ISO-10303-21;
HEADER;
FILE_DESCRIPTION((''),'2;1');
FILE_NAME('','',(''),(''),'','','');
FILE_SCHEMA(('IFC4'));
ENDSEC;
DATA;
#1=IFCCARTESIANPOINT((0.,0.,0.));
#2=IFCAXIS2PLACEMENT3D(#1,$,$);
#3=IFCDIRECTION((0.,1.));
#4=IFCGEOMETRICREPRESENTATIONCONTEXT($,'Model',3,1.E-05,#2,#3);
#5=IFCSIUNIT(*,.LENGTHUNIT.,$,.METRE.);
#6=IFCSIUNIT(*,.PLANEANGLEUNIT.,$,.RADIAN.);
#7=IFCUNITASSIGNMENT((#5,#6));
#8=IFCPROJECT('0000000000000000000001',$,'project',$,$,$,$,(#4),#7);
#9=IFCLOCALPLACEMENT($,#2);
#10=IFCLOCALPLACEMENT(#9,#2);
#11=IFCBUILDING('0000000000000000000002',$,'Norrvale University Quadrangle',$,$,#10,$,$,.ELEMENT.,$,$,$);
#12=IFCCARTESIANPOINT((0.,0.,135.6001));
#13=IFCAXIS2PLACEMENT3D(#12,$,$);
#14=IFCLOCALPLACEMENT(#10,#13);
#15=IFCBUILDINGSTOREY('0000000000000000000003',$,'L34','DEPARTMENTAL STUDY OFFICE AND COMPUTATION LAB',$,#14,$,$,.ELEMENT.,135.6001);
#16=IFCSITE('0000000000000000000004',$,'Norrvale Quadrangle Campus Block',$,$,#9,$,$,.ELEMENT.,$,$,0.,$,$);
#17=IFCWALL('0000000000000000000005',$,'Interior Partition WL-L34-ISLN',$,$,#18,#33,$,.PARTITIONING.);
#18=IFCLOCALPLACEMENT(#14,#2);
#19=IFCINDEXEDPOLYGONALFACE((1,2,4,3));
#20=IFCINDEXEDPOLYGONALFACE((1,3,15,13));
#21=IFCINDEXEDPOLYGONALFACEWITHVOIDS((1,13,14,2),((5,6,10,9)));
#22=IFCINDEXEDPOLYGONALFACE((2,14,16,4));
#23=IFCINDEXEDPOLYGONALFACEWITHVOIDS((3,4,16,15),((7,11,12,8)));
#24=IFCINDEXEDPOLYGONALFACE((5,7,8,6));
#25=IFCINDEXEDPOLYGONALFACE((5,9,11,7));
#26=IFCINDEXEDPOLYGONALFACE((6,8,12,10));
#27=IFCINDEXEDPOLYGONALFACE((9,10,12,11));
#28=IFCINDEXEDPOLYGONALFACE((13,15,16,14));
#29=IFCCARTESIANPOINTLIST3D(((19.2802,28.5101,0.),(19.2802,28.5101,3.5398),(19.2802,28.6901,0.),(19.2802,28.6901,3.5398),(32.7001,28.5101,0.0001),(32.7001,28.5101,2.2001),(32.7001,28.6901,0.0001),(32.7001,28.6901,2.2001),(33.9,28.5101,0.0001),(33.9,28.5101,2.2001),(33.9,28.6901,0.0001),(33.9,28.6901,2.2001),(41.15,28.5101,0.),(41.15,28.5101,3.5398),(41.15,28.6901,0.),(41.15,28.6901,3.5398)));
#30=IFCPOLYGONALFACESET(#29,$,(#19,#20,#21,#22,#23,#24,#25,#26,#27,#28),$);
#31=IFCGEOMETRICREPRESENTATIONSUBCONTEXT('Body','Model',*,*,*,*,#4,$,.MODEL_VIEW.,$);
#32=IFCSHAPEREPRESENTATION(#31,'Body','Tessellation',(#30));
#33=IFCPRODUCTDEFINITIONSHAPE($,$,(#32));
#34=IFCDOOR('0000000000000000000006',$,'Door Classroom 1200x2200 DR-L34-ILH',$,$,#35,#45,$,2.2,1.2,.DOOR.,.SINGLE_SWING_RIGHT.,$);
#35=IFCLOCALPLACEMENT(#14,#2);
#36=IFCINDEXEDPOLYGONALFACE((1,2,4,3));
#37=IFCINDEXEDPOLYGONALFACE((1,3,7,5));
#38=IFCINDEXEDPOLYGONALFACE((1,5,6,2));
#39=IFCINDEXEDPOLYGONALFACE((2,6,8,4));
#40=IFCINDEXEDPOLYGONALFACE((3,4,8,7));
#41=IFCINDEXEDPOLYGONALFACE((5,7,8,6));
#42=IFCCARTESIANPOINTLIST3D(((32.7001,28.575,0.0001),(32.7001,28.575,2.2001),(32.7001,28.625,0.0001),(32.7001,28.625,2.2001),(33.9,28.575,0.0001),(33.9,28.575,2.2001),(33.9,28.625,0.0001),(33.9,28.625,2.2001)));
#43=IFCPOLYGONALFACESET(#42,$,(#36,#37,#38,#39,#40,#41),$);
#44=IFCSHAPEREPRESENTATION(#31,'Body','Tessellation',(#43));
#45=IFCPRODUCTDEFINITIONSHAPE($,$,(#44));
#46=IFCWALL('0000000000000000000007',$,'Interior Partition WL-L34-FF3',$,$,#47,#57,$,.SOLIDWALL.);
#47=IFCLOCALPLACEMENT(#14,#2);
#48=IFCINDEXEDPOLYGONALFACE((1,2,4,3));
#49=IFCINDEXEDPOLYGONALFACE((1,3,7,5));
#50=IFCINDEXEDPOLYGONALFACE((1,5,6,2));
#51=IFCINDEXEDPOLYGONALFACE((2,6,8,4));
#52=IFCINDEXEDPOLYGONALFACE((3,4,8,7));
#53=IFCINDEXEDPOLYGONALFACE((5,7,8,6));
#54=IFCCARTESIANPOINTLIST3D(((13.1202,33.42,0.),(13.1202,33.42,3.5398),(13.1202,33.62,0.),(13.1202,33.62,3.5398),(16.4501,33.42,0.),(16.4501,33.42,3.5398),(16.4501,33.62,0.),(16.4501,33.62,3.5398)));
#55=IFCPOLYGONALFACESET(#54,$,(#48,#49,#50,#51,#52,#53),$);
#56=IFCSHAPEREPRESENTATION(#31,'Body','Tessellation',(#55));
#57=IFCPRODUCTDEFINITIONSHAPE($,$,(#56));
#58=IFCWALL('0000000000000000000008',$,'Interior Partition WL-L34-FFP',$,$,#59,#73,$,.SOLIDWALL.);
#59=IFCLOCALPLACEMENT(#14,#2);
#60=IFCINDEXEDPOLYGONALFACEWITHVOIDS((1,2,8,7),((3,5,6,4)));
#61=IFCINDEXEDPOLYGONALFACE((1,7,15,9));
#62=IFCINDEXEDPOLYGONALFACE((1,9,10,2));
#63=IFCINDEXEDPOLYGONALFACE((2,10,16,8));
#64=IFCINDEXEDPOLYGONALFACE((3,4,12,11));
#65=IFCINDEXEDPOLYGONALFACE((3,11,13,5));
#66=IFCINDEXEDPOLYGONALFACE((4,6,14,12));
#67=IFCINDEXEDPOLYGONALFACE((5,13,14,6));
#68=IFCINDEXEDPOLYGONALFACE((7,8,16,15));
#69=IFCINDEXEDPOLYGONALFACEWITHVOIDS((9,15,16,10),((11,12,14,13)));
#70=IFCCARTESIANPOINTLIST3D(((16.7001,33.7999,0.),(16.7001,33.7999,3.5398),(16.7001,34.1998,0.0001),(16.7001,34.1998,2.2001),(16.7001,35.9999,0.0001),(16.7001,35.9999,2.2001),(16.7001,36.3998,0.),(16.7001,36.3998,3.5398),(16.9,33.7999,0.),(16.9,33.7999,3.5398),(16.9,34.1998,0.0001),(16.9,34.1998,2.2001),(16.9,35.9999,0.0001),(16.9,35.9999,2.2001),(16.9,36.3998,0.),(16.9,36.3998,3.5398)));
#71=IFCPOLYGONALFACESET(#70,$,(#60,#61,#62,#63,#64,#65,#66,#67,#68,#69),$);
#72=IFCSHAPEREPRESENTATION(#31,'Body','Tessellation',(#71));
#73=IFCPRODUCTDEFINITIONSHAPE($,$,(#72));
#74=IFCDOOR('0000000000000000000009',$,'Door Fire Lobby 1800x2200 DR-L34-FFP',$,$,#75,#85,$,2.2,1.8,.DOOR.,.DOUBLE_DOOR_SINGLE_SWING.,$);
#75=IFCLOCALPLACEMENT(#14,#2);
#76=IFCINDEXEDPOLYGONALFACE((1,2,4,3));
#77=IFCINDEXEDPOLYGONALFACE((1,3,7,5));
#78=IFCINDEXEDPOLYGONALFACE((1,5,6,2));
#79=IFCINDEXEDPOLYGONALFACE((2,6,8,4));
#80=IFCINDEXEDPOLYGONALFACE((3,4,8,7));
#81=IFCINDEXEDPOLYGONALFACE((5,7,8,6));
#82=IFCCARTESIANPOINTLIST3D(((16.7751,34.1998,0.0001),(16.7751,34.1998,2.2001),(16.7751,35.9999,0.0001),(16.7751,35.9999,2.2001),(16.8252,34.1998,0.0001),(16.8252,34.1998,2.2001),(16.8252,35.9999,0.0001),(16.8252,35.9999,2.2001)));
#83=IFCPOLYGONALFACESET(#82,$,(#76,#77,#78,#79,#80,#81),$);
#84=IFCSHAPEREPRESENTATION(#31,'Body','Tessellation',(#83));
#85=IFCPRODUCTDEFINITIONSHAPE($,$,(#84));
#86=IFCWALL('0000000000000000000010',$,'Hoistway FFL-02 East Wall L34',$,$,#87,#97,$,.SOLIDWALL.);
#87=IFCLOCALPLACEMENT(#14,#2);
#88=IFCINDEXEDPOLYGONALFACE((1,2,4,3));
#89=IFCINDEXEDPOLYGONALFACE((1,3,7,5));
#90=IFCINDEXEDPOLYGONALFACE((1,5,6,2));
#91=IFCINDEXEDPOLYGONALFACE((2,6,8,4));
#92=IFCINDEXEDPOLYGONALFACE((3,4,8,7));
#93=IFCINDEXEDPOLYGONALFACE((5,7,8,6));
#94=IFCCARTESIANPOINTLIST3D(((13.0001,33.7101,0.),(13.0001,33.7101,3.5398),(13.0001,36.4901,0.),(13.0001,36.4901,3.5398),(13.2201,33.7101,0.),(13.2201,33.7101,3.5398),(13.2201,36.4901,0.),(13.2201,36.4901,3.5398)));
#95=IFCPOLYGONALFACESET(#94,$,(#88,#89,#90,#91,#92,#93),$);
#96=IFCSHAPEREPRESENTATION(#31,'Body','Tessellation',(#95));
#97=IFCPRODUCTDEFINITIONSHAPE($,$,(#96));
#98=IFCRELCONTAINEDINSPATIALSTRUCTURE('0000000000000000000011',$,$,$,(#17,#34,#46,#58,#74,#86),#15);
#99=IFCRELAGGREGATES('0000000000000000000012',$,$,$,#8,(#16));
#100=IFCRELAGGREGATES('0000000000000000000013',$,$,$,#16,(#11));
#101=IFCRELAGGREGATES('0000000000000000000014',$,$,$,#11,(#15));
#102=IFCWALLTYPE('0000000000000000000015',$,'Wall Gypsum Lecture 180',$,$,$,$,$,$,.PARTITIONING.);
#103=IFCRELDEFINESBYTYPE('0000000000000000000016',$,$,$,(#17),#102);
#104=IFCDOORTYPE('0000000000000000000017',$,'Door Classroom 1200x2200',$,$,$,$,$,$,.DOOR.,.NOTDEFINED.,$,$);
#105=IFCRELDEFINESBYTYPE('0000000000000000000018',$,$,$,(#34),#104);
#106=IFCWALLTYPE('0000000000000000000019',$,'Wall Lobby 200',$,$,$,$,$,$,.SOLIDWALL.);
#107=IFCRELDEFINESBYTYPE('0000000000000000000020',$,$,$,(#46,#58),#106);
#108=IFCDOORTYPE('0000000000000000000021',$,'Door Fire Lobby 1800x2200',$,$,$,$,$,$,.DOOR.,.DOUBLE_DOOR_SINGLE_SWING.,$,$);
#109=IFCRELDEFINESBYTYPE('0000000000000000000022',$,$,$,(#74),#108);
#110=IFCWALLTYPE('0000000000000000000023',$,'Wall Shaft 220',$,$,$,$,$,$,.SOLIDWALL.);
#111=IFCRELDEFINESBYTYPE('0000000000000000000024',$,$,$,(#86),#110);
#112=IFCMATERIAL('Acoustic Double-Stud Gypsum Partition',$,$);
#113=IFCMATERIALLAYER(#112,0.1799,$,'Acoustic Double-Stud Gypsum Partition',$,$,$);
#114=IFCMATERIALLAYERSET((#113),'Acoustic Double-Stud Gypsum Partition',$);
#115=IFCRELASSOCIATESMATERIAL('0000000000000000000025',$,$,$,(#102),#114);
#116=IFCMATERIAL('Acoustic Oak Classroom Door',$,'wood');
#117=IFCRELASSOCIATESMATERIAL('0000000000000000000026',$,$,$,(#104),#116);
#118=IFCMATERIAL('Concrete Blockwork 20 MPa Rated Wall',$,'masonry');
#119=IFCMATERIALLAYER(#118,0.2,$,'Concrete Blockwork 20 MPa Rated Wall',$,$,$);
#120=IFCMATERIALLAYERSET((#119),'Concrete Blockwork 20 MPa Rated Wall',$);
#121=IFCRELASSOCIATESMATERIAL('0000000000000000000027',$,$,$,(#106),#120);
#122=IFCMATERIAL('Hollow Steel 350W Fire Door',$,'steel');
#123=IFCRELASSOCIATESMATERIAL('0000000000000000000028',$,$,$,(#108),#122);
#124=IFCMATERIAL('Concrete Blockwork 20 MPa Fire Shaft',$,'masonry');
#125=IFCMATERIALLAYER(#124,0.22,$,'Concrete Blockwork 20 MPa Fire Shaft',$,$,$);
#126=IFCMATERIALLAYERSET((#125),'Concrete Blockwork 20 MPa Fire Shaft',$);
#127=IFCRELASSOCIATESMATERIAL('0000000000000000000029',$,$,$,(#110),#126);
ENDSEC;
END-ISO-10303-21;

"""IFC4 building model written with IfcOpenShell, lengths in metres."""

from ifc_helpers import new_model, si_unit, direction, frame, frame_2d, origin, place, context, subcontext, project, spatial, rectangle, extrude, material, layer, layer_set, type_object, element, fill, save


model = new_model("IFC4")

# Units and contexts
model_context = context("Model", 3, precision=1e-05, world=origin(), true_north=direction((0.0, 1.0)))
body_context = subcontext(model_context, "Body", "Model", "MODEL_VIEW")
ifc_project = project(units=[si_unit("LENGTHUNIT", "METRE"), si_unit("PLANEANGLEUNIT", "RADIAN")], contexts=[model_context])

# Site, building, storey
site_placement = place(None, origin())
site = spatial("IfcSite", under=ifc_project, at=site_placement, Name="Norrvale Quadrangle Campus Block", CompositionType="ELEMENT", RefElevation=0.0)
building_placement = place(site_placement, origin())
building = spatial("IfcBuilding", under=site, at=building_placement, Name="Norrvale University Quadrangle", CompositionType="ELEMENT")
storey_placement = place(building_placement, frame((0.0, 0.0, 135.6001)))
storey = spatial("IfcBuildingStorey", under=building, at=storey_placement, Name="L34", Description="DEPARTMENTAL STUDY OFFICE AND COMPUTATION LAB", CompositionType="ELEMENT", Elevation=135.6001)

# Wall, opening, door
ifc_material_1 = material(Name="Acoustic Double-Stud Gypsum Partition")
ifc_layer_1 = layer(ifc_material_1, 0.1799, Name="Acoustic Double-Stud Gypsum Partition")
ifc_layer_set_1 = layer_set([ifc_layer_1], Name="Acoustic Double-Stud Gypsum Partition")
wall_type_1 = type_object("IfcWallType", Name="Wall Gypsum Lecture 180", PredefinedType="PARTITIONING", material=ifc_layer_set_1)
wall_1_placement = place(storey_placement, frame((19.28, 28.6001, 0.0), z_axis=(0.0, 0.0, 1.0), x_axis=(1.0, 0.0, 0.0)))
wall_1 = element("IfcWall", 1, at=wall_1_placement, inside=storey, type_object=wall_type_1, Name="Interior Partition WL-L34-ISLN", PredefinedType="PARTITIONING", context=body_context, shape_type="SweptSolid", body=[
    extrude(rectangle(XDim=21.8699, YDim=0.1799, at=frame_2d((10.9351, 0.0))), origin(), (0.0, 0.0, 1.0), 3.5398),
])
opening_1_placement = place(wall_1_placement, frame((13.4199, 0.0, 0.0)))
opening_1 = element("IfcOpeningElement", 2, at=opening_1_placement, cuts=wall_1, PredefinedType="OPENING", context=body_context, shape_type="SweptSolid", body=[
    extrude(rectangle(XDim=1.2, YDim=2.2, at=frame_2d((0.6001, 1.1001))), frame((0.0, 0.1021, 0.0), z_axis=(0.0, -1.0, 0.0), x_axis=(1.0, 0.0, 0.0)), (0.0, 0.0, 1.0), 0.2039),
])
ifc_material_2 = material(Name="Acoustic Oak Classroom Door", Category="wood")
door_type_1 = type_object("IfcDoorType", Name="Door Classroom 1200x2200", OperationType="NOTDEFINED", PredefinedType="DOOR", material=ifc_material_2)
door_1_placement = place(opening_1_placement, origin())
door_1 = element("IfcDoor", 3, at=door_1_placement, inside=storey, type_object=door_type_1, Name="Door Classroom 1200x2200 DR-L34-ILH", OperationType="SINGLE_SWING_RIGHT", OverallHeight=2.2, OverallWidth=1.2, PredefinedType="DOOR", context=body_context, shape_type="SweptSolid", body=[
    extrude(rectangle(XDim=1.2, YDim=2.2, at=frame_2d((0.6001, 1.1001))), frame((0.0, 0.0249, 0.0), z_axis=(0.0, -1.0, 0.0), x_axis=(1.0, 0.0, 0.0)), (0.0, 0.0, 1.0), 0.05),
])
fill(opening_1, door_1)

# Wall
ifc_material_3 = material(Name="Concrete Blockwork 20 MPa Rated Wall", Category="masonry")
ifc_layer_2 = layer(ifc_material_3, 0.2, Name="Concrete Blockwork 20 MPa Rated Wall")
ifc_layer_set_2 = layer_set([ifc_layer_2], Name="Concrete Blockwork 20 MPa Rated Wall")
wall_type_2 = type_object("IfcWallType", Name="Wall Lobby 200", PredefinedType="SOLIDWALL", material=ifc_layer_set_2)
wall_2_placement = place(storey_placement, frame((13.1201, 33.52, 0.0), z_axis=(0.0, 0.0, 1.0), x_axis=(1.0, 0.0, 0.0)))
element("IfcWall", 4, at=wall_2_placement, inside=storey, type_object=wall_type_2, Name="Interior Partition WL-L34-FF3", PredefinedType="SOLIDWALL", context=body_context, shape_type="SweptSolid", body=[
    extrude(rectangle(XDim=3.3298, YDim=0.2, at=frame_2d((1.665, 0.0))), origin(), (0.0, 0.0, 1.0), 3.5398),
])

# Wall, opening, door
wall_3_placement = place(storey_placement, frame((16.8, 33.8, 0.0), z_axis=(0.0, 0.0, 1.0), x_axis=(0.0, 1.0, 0.0)))
wall_3 = element("IfcWall", 5, at=wall_3_placement, inside=storey, type_object=wall_type_2, Name="Interior Partition WL-L34-FFP", PredefinedType="SOLIDWALL", context=body_context, shape_type="SweptSolid", body=[
    extrude(rectangle(XDim=2.5999, YDim=0.2, at=frame_2d((1.2998, 0.0))), origin(), (0.0, 0.0, 1.0), 3.5398),
])
opening_2_placement = place(wall_3_placement, frame((0.3999, 0.0, 0.0)))
opening_2 = element("IfcOpeningElement", 6, at=opening_2_placement, cuts=wall_3, PredefinedType="OPENING", context=body_context, shape_type="SweptSolid", body=[
    extrude(rectangle(XDim=1.8, YDim=2.2, at=frame_2d((0.8999, 1.1001))), frame((0.0, 0.1121, 0.0), z_axis=(0.0, -1.0, 0.0), x_axis=(1.0, 0.0, 0.0)), (0.0, 0.0, 1.0), 0.2239),
])
ifc_material_4 = material(Name="Hollow Steel 350W Fire Door", Category="steel")
door_type_2 = type_object("IfcDoorType", Name="Door Fire Lobby 1800x2200", OperationType="DOUBLE_DOOR_SINGLE_SWING", PredefinedType="DOOR", material=ifc_material_4)
door_2_placement = place(opening_2_placement, origin())
door_2 = element("IfcDoor", 7, at=door_2_placement, inside=storey, type_object=door_type_2, Name="Door Fire Lobby 1800x2200 DR-L34-FFP", OperationType="DOUBLE_DOOR_SINGLE_SWING", OverallHeight=2.2, OverallWidth=1.8, PredefinedType="DOOR", context=body_context, shape_type="SweptSolid", body=[
    extrude(rectangle(XDim=1.8, YDim=2.2, at=frame_2d((0.8999, 1.1001))), frame((0.0, 0.0249, 0.0), z_axis=(0.0, -1.0, 0.0), x_axis=(1.0, 0.0, 0.0)), (0.0, 0.0, 1.0), 0.05),
])
fill(opening_2, door_2)

# Wall
ifc_material_5 = material(Name="Concrete Blockwork 20 MPa Fire Shaft", Category="masonry")
ifc_layer_3 = layer(ifc_material_5, 0.22, Name="Concrete Blockwork 20 MPa Fire Shaft")
ifc_layer_set_3 = layer_set([ifc_layer_3], Name="Concrete Blockwork 20 MPa Fire Shaft")
wall_type_3 = type_object("IfcWallType", Name="Wall Shaft 220", PredefinedType="SOLIDWALL", material=ifc_layer_set_3)
wall_4_placement = place(storey_placement, frame((13.1101, 33.71, 0.0), z_axis=(0.0, 0.0, 1.0), x_axis=(0.0, 1.0, 0.0)))
element("IfcWall", 8, at=wall_4_placement, inside=storey, type_object=wall_type_3, Name="Hoistway FFL-02 East Wall L34", PredefinedType="SOLIDWALL", context=body_context, shape_type="SweptSolid", body=[
    extrude(rectangle(XDim=2.78, YDim=0.22, at=frame_2d((1.3901, 0.0))), origin(), (0.0, 0.0, 1.0), 3.5398),
])

save(model, "model.ifc")
